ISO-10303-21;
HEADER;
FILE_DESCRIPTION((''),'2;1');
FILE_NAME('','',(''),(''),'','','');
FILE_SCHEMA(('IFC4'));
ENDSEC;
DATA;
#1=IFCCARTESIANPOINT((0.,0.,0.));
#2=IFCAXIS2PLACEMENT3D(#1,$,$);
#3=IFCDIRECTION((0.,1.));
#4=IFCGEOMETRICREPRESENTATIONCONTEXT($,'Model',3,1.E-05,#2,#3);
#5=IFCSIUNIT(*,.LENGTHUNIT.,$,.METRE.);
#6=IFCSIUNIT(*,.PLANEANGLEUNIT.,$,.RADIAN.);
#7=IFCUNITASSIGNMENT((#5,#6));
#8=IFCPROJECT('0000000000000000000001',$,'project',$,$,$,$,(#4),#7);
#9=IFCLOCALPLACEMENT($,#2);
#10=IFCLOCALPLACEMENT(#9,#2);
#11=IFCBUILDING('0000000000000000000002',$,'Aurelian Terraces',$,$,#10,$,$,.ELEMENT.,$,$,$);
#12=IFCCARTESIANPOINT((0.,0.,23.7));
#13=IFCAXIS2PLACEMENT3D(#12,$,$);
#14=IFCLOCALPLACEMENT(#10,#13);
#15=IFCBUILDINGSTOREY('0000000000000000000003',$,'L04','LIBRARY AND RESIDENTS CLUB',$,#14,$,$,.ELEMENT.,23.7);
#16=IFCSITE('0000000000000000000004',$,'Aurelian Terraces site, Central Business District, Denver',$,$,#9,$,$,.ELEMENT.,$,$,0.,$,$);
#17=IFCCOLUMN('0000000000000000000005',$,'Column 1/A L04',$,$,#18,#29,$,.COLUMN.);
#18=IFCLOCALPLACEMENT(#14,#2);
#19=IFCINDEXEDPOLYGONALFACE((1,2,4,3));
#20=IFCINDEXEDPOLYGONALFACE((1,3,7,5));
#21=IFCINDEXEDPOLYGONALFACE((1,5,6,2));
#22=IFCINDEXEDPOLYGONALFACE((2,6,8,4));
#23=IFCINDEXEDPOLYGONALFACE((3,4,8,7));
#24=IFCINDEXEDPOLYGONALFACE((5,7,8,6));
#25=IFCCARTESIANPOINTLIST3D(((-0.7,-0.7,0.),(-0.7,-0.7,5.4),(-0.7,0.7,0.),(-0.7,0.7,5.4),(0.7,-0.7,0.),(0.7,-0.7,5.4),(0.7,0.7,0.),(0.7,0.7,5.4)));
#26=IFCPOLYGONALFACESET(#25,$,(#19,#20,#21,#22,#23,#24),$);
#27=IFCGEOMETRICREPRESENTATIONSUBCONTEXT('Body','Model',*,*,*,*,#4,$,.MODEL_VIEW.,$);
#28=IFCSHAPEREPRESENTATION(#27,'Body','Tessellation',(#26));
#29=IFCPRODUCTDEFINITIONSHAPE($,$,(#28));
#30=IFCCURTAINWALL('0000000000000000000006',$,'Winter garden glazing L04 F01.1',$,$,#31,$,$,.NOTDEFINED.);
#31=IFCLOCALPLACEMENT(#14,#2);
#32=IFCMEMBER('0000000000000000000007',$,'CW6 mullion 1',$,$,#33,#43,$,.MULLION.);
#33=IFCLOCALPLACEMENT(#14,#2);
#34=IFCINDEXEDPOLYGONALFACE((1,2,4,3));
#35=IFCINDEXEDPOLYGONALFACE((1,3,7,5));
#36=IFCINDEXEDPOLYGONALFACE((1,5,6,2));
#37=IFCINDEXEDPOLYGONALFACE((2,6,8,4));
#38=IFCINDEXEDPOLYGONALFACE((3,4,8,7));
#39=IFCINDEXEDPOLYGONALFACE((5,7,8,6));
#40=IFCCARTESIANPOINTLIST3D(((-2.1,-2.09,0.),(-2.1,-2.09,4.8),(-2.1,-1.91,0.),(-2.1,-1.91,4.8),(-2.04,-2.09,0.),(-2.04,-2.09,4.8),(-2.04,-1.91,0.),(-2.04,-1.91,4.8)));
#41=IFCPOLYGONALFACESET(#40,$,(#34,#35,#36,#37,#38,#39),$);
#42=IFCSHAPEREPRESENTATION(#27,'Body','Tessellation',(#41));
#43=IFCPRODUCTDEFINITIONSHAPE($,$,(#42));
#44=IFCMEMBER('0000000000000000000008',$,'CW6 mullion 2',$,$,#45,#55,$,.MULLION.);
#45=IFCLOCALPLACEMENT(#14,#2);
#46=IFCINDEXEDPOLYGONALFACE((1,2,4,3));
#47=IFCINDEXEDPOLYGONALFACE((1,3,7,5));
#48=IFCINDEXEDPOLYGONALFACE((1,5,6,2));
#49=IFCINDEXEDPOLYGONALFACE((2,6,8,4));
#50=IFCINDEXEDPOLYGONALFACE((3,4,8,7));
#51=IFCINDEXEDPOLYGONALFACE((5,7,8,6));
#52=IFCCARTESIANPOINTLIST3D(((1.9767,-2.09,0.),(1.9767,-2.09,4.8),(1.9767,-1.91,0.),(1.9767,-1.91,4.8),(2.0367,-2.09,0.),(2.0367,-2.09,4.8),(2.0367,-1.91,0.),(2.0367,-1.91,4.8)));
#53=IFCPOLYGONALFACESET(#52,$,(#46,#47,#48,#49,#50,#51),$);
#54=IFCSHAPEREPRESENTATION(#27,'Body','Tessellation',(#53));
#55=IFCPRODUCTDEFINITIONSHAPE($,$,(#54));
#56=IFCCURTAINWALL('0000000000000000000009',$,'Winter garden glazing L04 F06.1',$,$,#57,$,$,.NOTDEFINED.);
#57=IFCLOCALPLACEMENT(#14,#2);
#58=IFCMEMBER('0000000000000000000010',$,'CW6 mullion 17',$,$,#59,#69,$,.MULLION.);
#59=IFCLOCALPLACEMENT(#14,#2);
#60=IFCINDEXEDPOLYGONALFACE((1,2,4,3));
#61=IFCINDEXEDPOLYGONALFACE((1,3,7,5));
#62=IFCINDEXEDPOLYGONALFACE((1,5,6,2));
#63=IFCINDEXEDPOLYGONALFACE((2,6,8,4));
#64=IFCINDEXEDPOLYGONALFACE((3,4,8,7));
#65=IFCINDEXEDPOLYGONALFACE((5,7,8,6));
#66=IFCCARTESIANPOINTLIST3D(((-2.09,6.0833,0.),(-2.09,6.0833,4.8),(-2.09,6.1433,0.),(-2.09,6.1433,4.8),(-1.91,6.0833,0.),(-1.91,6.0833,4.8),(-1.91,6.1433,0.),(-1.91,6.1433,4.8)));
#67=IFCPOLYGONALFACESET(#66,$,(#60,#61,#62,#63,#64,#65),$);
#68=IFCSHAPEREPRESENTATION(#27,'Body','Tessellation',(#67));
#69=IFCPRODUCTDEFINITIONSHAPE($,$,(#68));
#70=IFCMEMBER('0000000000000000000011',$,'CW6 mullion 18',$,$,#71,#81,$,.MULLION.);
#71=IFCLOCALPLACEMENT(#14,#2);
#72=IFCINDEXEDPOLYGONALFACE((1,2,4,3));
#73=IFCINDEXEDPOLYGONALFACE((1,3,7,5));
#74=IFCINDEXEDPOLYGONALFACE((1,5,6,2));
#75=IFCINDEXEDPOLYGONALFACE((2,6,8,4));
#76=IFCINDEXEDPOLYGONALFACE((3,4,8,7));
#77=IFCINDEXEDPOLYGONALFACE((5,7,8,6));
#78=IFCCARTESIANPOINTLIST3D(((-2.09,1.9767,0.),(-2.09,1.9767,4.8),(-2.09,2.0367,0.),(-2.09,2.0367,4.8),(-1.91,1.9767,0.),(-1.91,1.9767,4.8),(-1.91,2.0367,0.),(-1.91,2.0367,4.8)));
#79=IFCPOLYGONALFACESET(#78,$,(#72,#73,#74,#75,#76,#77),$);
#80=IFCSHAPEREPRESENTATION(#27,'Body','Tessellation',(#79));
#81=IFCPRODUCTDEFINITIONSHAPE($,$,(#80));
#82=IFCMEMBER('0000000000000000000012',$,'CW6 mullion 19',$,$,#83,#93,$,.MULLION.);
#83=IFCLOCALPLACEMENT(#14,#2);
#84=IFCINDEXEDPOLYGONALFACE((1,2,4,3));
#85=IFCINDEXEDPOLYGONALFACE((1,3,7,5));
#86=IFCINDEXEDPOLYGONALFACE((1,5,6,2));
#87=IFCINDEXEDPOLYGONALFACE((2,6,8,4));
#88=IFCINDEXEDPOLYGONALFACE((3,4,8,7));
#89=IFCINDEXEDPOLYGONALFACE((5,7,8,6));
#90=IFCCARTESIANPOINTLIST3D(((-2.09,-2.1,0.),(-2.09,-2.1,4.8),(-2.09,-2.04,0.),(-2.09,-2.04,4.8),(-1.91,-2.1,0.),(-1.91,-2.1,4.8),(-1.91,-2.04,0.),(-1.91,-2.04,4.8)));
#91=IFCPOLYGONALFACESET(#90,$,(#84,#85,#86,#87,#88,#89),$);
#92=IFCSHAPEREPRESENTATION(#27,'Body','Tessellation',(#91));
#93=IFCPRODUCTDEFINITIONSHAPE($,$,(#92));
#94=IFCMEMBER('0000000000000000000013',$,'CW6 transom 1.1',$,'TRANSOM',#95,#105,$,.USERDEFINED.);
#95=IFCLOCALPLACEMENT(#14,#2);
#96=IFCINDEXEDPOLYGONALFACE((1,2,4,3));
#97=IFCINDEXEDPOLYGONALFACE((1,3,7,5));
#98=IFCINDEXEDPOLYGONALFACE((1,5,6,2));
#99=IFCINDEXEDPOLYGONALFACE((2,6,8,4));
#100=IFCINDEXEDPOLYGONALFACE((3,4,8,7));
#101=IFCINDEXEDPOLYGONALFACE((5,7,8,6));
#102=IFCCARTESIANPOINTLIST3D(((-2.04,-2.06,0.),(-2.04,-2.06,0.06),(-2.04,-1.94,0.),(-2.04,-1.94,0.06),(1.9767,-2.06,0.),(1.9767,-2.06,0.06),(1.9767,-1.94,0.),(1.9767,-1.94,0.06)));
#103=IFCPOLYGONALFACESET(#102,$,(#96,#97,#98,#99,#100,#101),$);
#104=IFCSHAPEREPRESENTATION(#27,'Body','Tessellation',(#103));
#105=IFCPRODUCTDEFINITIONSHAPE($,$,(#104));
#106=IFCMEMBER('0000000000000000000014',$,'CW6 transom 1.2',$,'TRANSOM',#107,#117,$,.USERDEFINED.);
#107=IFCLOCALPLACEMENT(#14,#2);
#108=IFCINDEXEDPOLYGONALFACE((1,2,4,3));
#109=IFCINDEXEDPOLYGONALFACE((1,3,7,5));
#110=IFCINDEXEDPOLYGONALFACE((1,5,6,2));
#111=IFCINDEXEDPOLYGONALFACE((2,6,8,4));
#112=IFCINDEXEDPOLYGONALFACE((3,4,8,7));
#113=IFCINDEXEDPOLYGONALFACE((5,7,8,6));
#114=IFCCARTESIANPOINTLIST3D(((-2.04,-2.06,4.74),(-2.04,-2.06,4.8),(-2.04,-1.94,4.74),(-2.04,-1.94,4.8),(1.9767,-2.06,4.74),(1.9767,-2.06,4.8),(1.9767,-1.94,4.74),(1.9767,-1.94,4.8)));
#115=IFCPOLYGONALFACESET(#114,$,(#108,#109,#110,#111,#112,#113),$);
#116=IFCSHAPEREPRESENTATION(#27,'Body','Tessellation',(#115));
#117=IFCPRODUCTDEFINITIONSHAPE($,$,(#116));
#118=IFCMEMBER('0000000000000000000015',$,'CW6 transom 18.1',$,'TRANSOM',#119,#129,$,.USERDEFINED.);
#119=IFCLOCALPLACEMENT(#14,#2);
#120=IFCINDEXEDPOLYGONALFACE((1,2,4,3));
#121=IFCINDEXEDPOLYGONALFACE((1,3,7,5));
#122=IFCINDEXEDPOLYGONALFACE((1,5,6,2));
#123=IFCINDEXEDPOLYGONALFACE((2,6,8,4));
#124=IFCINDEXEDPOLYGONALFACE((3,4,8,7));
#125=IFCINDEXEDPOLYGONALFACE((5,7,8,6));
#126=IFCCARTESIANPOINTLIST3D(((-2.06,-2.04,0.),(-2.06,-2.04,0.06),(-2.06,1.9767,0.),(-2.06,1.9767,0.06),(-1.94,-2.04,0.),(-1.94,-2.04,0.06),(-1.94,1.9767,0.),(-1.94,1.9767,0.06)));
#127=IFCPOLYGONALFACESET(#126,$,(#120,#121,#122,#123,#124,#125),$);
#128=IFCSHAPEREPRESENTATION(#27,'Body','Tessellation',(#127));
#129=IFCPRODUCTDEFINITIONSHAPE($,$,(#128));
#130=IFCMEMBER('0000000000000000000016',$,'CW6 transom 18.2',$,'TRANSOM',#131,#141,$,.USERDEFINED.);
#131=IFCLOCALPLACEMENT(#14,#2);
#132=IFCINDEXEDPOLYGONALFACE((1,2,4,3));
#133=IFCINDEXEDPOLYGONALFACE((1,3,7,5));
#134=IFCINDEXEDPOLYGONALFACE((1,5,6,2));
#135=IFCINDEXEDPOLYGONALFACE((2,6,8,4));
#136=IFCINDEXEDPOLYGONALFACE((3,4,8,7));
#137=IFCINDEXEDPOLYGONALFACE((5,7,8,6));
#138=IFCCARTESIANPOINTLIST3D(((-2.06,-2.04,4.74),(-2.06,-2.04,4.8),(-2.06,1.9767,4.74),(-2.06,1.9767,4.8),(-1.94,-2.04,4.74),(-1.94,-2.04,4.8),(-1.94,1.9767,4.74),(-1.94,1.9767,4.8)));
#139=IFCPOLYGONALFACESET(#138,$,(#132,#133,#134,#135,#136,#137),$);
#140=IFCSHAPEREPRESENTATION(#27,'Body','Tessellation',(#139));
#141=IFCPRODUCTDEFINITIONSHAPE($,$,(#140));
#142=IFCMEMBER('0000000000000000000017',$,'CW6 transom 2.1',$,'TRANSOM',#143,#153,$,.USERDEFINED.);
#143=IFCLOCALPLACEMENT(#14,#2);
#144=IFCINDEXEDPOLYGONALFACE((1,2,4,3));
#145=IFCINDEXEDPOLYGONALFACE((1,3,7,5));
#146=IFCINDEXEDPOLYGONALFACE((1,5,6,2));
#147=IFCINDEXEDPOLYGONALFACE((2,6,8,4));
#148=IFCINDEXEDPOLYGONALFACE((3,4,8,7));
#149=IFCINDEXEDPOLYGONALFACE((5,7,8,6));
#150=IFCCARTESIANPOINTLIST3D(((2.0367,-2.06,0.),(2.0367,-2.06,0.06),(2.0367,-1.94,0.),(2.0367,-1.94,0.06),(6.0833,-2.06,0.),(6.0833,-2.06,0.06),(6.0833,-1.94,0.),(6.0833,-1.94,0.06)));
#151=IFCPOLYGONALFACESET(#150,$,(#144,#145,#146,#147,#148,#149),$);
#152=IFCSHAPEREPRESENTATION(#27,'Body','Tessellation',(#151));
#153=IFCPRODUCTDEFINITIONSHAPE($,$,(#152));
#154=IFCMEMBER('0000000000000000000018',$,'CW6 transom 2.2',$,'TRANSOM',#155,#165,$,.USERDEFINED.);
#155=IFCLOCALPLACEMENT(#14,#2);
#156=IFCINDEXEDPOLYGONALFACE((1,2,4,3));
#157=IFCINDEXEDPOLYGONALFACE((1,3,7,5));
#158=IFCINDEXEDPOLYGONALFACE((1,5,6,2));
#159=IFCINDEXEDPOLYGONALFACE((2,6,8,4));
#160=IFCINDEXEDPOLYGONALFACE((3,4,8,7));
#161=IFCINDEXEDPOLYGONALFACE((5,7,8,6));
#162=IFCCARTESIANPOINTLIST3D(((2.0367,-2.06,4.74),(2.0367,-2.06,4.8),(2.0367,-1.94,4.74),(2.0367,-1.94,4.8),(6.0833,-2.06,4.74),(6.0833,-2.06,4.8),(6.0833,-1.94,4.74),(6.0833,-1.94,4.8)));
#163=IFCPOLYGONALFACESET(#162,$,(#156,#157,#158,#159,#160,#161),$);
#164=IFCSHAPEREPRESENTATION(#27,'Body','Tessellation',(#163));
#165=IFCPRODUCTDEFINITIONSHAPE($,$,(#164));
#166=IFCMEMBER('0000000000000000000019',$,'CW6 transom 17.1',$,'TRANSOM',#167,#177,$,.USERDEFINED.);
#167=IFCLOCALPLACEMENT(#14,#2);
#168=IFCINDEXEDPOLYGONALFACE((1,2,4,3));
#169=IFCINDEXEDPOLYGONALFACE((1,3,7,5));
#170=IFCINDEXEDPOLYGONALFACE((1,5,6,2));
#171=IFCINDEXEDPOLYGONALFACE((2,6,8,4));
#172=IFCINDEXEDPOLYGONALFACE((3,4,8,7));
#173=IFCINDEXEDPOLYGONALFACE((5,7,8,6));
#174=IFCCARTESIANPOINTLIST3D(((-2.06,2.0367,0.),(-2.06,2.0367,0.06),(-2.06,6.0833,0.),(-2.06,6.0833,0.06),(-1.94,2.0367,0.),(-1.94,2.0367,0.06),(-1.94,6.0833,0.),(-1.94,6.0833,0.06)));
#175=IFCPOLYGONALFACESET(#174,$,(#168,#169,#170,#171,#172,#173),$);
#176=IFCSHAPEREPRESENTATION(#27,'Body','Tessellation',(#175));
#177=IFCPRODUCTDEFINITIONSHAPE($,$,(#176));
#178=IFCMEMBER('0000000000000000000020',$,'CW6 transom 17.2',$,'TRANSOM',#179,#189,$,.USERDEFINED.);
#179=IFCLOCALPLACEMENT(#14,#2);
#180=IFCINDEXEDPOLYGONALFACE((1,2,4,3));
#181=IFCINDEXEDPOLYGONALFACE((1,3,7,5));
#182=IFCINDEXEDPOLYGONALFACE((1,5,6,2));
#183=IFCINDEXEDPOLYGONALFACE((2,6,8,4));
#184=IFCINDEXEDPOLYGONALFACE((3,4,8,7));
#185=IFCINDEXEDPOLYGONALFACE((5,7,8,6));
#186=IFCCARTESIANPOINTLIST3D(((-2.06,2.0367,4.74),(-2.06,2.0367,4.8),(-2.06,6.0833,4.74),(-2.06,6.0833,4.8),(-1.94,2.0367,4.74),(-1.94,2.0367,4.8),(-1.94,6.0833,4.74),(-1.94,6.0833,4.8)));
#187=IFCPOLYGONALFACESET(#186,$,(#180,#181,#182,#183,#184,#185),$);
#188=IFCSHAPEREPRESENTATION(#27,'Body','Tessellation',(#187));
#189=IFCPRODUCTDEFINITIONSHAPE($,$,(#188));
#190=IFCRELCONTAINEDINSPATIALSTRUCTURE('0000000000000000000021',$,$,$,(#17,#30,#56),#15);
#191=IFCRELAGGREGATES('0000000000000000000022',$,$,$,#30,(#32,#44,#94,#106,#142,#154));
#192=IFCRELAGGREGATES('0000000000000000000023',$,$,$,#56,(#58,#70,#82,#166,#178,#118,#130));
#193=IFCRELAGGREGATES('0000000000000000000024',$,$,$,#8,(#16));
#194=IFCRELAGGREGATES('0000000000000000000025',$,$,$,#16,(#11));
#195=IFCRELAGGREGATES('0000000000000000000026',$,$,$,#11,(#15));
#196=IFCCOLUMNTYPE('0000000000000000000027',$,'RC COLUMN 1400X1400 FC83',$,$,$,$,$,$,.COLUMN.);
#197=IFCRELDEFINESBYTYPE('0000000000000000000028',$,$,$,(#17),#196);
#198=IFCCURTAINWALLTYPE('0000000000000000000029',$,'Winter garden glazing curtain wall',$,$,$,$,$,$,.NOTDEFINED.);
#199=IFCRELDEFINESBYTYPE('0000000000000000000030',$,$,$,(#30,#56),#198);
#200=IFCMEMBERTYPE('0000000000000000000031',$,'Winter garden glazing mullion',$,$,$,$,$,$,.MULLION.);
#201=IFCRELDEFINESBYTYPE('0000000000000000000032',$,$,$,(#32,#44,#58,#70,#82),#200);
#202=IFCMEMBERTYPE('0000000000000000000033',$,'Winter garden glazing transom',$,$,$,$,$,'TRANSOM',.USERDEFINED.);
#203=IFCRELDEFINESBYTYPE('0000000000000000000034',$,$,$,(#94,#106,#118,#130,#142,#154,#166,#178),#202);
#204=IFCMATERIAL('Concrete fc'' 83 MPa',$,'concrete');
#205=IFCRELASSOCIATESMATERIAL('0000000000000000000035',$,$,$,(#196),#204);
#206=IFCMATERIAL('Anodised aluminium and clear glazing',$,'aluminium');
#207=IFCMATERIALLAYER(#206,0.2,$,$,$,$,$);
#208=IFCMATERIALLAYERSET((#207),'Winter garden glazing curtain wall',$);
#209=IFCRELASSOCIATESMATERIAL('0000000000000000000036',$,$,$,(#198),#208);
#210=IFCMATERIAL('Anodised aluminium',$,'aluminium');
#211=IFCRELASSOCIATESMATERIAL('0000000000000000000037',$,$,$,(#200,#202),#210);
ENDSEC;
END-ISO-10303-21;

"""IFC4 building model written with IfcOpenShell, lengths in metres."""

from ifc_helpers import new_model, si_unit, direction, frame, origin, origin_with_axes, origin_2d, place, context, subcontext, project, spatial, rectangle, extrude, source, transform, mapped, material, layer, layer_set, material_profile, profile_set, type_object, element, aggregate, save


model = new_model("IFC4")

# Units and contexts
model_context = context("Model", 3, precision=1e-05, world=origin(), true_north=direction((0.0, 1.0)))
body_context = subcontext(model_context, "Body", "Model", "MODEL_VIEW")
ifc_project = project(units=[si_unit("LENGTHUNIT", "METRE"), si_unit("PLANEANGLEUNIT", "RADIAN")], contexts=[model_context])

# Site, building, storey
site_placement = place(None, origin())
site = spatial("IfcSite", under=ifc_project, at=site_placement, Name="Aurelian Terraces site, Central Business District, Denver", CompositionType="ELEMENT", RefElevation=0.0)
building_placement = place(site_placement, origin())
building = spatial("IfcBuilding", under=site, at=building_placement, Name="Aurelian Terraces", CompositionType="ELEMENT")
storey_placement = place(building_placement, frame((0.0, 0.0, 23.7)))
storey = spatial("IfcBuildingStorey", under=building, at=storey_placement, Name="L04", Description="LIBRARY AND RESIDENTS CLUB", CompositionType="ELEMENT", Elevation=23.7)

# Column
ifc_material_1 = material(Name="Concrete fc' 83 MPa", Category="concrete")
ifc_material_profile_1 = material_profile(ifc_material_1, rectangle(XDim=1.4, YDim=1.4, at=origin_2d()))
ifc_profile_set_1 = profile_set([ifc_material_profile_1], Name="Concrete fc' 83 MPa")
column_type = type_object("IfcColumnType", Name="RC COLUMN 1400X1400 FC83", PredefinedType="COLUMN", material=ifc_profile_set_1)
shared_shape_1 = source(origin(), body_context, "Body", "SweptSolid", [
    extrude(rectangle(XDim=1.4, YDim=1.4, at=origin_2d()), origin(), (0.0, 0.0, 1.0), 5.4),
])
column_placement = place(storey_placement, origin_with_axes())
element("IfcColumn", 1, at=column_placement, inside=storey, type_object=column_type, Name="Column 1/A L04", PredefinedType="COLUMN", context=body_context, shape_type="MappedRepresentation", body=[
    mapped(shared_shape_1, transform((0.0, 0.0, 0.0), scale=1.0)),
])

# Curtain walls, members
ifc_material_2 = material(Name="Anodised aluminium and clear glazing", Category="aluminium")
ifc_layer_1 = layer(ifc_material_2, 0.2)
ifc_layer_set_1 = layer_set([ifc_layer_1], Name="Winter garden glazing curtain wall")
curtain_wall_type = type_object("IfcCurtainWallType", Name="Winter garden glazing curtain wall", PredefinedType="NOTDEFINED", material=ifc_layer_set_1)
curtain_wall_1_placement = place(storey_placement, origin())
curtain_wall_1 = element("IfcCurtainWall", 2, at=curtain_wall_1_placement, inside=storey, type_object=curtain_wall_type, Name="Winter garden glazing L04 F01.1", PredefinedType="NOTDEFINED")
ifc_material_3 = material(Name="Anodised aluminium", Category="aluminium")
ifc_material_profile_2 = material_profile(ifc_material_3, rectangle(XDim=0.18, YDim=0.06, at=origin_2d()))
ifc_profile_set_2 = profile_set([ifc_material_profile_2], Name="Anodised aluminium")
member_type_1 = type_object("IfcMemberType", Name="Winter garden glazing mullion", PredefinedType="MULLION", material=ifc_profile_set_2)
shared_shape_2 = source(origin(), body_context, "Body", "SweptSolid", [
    extrude(rectangle(XDim=0.18, YDim=0.06, at=origin_2d()), origin(), (0.0, 0.0, 1.0), 4.8),
])
member_1_placement = place(storey_placement, frame((-2.07, -2.0, 0.0), z_axis=(0.0, 0.0, 1.0), x_axis=(0.0, 1.0, 0.0)))
member_1 = element("IfcMember", 3, at=member_1_placement, type_object=member_type_1, Name="CW6 mullion 1", PredefinedType="MULLION", context=body_context, shape_type="MappedRepresentation", body=[
    mapped(shared_shape_2, transform((0.0, 0.0, 0.0), scale=1.0)),
])
member_2_placement = place(storey_placement, frame((2.0067, -2.0, 0.0), z_axis=(0.0, 0.0, 1.0), x_axis=(0.0, 1.0, 0.0)))
member_2 = element("IfcMember", 4, at=member_2_placement, type_object=member_type_1, Name="CW6 mullion 2", PredefinedType="MULLION", context=body_context, shape_type="MappedRepresentation", body=[
    mapped(shared_shape_2, transform((0.0, 0.0, 0.0), scale=1.0)),
])
curtain_wall_2_placement = place(storey_placement, origin())
curtain_wall_2 = element("IfcCurtainWall", 5, at=curtain_wall_2_placement, inside=storey, type_object=curtain_wall_type, Name="Winter garden glazing L04 F06.1", PredefinedType="NOTDEFINED")
member_3_placement = place(storey_placement, frame((-2.0, 6.1133, 0.0), z_axis=(0.0, 0.0, 1.0), x_axis=(1.0, 0.0, 0.0)))
member_3 = element("IfcMember", 6, at=member_3_placement, type_object=member_type_1, Name="CW6 mullion 17", PredefinedType="MULLION", context=body_context, shape_type="MappedRepresentation", body=[
    mapped(shared_shape_2, transform((0.0, 0.0, 0.0), scale=1.0)),
])
member_4_placement = place(storey_placement, frame((-2.0, 2.0067, 0.0), z_axis=(0.0, 0.0, 1.0), x_axis=(1.0, 0.0, 0.0)))
member_4 = element("IfcMember", 7, at=member_4_placement, type_object=member_type_1, Name="CW6 mullion 18", PredefinedType="MULLION", context=body_context, shape_type="MappedRepresentation", body=[
    mapped(shared_shape_2, transform((0.0, 0.0, 0.0), scale=1.0)),
])
member_5_placement = place(storey_placement, frame((-2.0, -2.07, 0.0), z_axis=(0.0, 0.0, 1.0), x_axis=(1.0, 0.0, 0.0)))
member_5 = element("IfcMember", 8, at=member_5_placement, type_object=member_type_1, Name="CW6 mullion 19", PredefinedType="MULLION", context=body_context, shape_type="MappedRepresentation", body=[
    mapped(shared_shape_2, transform((0.0, 0.0, 0.0), scale=1.0)),
])

# Members
ifc_material_profile_3 = material_profile(ifc_material_3, rectangle(XDim=0.12, YDim=0.06, at=origin_2d()))
ifc_profile_set_3 = profile_set([ifc_material_profile_3], Name="Anodised aluminium")
member_type_2 = type_object("IfcMemberType", Name="Winter garden glazing transom", ElementType="TRANSOM", PredefinedType="USERDEFINED", material=ifc_profile_set_3)
shared_shape_3 = source(origin(), body_context, "Body", "SweptSolid", [
    extrude(rectangle(XDim=0.12, YDim=0.06, at=origin_2d()), origin(), (0.0, 0.0, 1.0), 4.0167),
])
member_6_placement = place(storey_placement, frame((-2.04, -2.0, 0.03), z_axis=(1.0, 0.0, 0.0), x_axis=(0.0, 1.0, 0.0)))
member_6 = element("IfcMember", 9, at=member_6_placement, type_object=member_type_2, Name="CW6 transom 1.1", ObjectType="TRANSOM", PredefinedType="USERDEFINED", context=body_context, shape_type="MappedRepresentation", body=[
    mapped(shared_shape_3, transform((0.0, 0.0, 0.0), scale=1.0)),
])
member_7_placement = place(storey_placement, frame((-2.04, -2.0, 4.77), z_axis=(1.0, 0.0, 0.0), x_axis=(0.0, 1.0, 0.0)))
member_7 = element("IfcMember", 10, at=member_7_placement, type_object=member_type_2, Name="CW6 transom 1.2", ObjectType="TRANSOM", PredefinedType="USERDEFINED", context=body_context, shape_type="MappedRepresentation", body=[
    mapped(shared_shape_3, transform((0.0, 0.0, 0.0), scale=1.0)),
])
member_8_placement = place(storey_placement, frame((-2.0, 1.9767, 0.03), z_axis=(0.0, -1.0, 0.0), x_axis=(1.0, 0.0, 0.0)))
member_8 = element("IfcMember", 11, at=member_8_placement, type_object=member_type_2, Name="CW6 transom 18.1", ObjectType="TRANSOM", PredefinedType="USERDEFINED", context=body_context, shape_type="MappedRepresentation", body=[
    mapped(shared_shape_3, transform((0.0, 0.0, 0.0), scale=1.0)),
])
member_9_placement = place(storey_placement, frame((-2.0, 1.9767, 4.77), z_axis=(0.0, -1.0, 0.0), x_axis=(1.0, 0.0, 0.0)))
member_9 = element("IfcMember", 12, at=member_9_placement, type_object=member_type_2, Name="CW6 transom 18.2", ObjectType="TRANSOM", PredefinedType="USERDEFINED", context=body_context, shape_type="MappedRepresentation", body=[
    mapped(shared_shape_3, transform((0.0, 0.0, 0.0), scale=1.0)),
])
shared_shape_4 = source(origin(), body_context, "Body", "SweptSolid", [
    extrude(rectangle(XDim=0.12, YDim=0.06, at=origin_2d()), origin(), (0.0, 0.0, 1.0), 4.0466),
])
member_10_placement = place(storey_placement, frame((2.0367, -2.0, 0.03), z_axis=(1.0, 0.0, 0.0), x_axis=(0.0, 1.0, 0.0)))
member_10 = element("IfcMember", 13, at=member_10_placement, type_object=member_type_2, Name="CW6 transom 2.1", ObjectType="TRANSOM", PredefinedType="USERDEFINED", context=body_context, shape_type="MappedRepresentation", body=[
    mapped(shared_shape_4, transform((0.0, 0.0, 0.0), scale=1.0)),
])
member_11_placement = place(storey_placement, frame((2.0367, -2.0, 4.77), z_axis=(1.0, 0.0, 0.0), x_axis=(0.0, 1.0, 0.0)))
member_11 = element("IfcMember", 14, at=member_11_placement, type_object=member_type_2, Name="CW6 transom 2.2", ObjectType="TRANSOM", PredefinedType="USERDEFINED", context=body_context, shape_type="MappedRepresentation", body=[
    mapped(shared_shape_4, transform((0.0, 0.0, 0.0), scale=1.0)),
])
member_12_placement = place(storey_placement, frame((-2.0, 6.0833, 0.03), z_axis=(0.0, -1.0, 0.0), x_axis=(1.0, 0.0, 0.0)))
member_12 = element("IfcMember", 15, at=member_12_placement, type_object=member_type_2, Name="CW6 transom 17.1", ObjectType="TRANSOM", PredefinedType="USERDEFINED", context=body_context, shape_type="MappedRepresentation", body=[
    mapped(shared_shape_4, transform((0.0, 0.0, 0.0), scale=1.0)),
])
member_13_placement = place(storey_placement, frame((-2.0, 6.0833, 4.77), z_axis=(0.0, -1.0, 0.0), x_axis=(1.0, 0.0, 0.0)))
member_13 = element("IfcMember", 16, at=member_13_placement, type_object=member_type_2, Name="CW6 transom 17.2", ObjectType="TRANSOM", PredefinedType="USERDEFINED", context=body_context, shape_type="MappedRepresentation", body=[
    mapped(shared_shape_4, transform((0.0, 0.0, 0.0), scale=1.0)),
])

aggregate(curtain_wall_1, [member_1, member_2, member_6, member_7, member_10, member_11])
aggregate(curtain_wall_2, [member_3, member_4, member_5, member_12, member_13, member_8, member_9])

save(model, "model.ifc")
